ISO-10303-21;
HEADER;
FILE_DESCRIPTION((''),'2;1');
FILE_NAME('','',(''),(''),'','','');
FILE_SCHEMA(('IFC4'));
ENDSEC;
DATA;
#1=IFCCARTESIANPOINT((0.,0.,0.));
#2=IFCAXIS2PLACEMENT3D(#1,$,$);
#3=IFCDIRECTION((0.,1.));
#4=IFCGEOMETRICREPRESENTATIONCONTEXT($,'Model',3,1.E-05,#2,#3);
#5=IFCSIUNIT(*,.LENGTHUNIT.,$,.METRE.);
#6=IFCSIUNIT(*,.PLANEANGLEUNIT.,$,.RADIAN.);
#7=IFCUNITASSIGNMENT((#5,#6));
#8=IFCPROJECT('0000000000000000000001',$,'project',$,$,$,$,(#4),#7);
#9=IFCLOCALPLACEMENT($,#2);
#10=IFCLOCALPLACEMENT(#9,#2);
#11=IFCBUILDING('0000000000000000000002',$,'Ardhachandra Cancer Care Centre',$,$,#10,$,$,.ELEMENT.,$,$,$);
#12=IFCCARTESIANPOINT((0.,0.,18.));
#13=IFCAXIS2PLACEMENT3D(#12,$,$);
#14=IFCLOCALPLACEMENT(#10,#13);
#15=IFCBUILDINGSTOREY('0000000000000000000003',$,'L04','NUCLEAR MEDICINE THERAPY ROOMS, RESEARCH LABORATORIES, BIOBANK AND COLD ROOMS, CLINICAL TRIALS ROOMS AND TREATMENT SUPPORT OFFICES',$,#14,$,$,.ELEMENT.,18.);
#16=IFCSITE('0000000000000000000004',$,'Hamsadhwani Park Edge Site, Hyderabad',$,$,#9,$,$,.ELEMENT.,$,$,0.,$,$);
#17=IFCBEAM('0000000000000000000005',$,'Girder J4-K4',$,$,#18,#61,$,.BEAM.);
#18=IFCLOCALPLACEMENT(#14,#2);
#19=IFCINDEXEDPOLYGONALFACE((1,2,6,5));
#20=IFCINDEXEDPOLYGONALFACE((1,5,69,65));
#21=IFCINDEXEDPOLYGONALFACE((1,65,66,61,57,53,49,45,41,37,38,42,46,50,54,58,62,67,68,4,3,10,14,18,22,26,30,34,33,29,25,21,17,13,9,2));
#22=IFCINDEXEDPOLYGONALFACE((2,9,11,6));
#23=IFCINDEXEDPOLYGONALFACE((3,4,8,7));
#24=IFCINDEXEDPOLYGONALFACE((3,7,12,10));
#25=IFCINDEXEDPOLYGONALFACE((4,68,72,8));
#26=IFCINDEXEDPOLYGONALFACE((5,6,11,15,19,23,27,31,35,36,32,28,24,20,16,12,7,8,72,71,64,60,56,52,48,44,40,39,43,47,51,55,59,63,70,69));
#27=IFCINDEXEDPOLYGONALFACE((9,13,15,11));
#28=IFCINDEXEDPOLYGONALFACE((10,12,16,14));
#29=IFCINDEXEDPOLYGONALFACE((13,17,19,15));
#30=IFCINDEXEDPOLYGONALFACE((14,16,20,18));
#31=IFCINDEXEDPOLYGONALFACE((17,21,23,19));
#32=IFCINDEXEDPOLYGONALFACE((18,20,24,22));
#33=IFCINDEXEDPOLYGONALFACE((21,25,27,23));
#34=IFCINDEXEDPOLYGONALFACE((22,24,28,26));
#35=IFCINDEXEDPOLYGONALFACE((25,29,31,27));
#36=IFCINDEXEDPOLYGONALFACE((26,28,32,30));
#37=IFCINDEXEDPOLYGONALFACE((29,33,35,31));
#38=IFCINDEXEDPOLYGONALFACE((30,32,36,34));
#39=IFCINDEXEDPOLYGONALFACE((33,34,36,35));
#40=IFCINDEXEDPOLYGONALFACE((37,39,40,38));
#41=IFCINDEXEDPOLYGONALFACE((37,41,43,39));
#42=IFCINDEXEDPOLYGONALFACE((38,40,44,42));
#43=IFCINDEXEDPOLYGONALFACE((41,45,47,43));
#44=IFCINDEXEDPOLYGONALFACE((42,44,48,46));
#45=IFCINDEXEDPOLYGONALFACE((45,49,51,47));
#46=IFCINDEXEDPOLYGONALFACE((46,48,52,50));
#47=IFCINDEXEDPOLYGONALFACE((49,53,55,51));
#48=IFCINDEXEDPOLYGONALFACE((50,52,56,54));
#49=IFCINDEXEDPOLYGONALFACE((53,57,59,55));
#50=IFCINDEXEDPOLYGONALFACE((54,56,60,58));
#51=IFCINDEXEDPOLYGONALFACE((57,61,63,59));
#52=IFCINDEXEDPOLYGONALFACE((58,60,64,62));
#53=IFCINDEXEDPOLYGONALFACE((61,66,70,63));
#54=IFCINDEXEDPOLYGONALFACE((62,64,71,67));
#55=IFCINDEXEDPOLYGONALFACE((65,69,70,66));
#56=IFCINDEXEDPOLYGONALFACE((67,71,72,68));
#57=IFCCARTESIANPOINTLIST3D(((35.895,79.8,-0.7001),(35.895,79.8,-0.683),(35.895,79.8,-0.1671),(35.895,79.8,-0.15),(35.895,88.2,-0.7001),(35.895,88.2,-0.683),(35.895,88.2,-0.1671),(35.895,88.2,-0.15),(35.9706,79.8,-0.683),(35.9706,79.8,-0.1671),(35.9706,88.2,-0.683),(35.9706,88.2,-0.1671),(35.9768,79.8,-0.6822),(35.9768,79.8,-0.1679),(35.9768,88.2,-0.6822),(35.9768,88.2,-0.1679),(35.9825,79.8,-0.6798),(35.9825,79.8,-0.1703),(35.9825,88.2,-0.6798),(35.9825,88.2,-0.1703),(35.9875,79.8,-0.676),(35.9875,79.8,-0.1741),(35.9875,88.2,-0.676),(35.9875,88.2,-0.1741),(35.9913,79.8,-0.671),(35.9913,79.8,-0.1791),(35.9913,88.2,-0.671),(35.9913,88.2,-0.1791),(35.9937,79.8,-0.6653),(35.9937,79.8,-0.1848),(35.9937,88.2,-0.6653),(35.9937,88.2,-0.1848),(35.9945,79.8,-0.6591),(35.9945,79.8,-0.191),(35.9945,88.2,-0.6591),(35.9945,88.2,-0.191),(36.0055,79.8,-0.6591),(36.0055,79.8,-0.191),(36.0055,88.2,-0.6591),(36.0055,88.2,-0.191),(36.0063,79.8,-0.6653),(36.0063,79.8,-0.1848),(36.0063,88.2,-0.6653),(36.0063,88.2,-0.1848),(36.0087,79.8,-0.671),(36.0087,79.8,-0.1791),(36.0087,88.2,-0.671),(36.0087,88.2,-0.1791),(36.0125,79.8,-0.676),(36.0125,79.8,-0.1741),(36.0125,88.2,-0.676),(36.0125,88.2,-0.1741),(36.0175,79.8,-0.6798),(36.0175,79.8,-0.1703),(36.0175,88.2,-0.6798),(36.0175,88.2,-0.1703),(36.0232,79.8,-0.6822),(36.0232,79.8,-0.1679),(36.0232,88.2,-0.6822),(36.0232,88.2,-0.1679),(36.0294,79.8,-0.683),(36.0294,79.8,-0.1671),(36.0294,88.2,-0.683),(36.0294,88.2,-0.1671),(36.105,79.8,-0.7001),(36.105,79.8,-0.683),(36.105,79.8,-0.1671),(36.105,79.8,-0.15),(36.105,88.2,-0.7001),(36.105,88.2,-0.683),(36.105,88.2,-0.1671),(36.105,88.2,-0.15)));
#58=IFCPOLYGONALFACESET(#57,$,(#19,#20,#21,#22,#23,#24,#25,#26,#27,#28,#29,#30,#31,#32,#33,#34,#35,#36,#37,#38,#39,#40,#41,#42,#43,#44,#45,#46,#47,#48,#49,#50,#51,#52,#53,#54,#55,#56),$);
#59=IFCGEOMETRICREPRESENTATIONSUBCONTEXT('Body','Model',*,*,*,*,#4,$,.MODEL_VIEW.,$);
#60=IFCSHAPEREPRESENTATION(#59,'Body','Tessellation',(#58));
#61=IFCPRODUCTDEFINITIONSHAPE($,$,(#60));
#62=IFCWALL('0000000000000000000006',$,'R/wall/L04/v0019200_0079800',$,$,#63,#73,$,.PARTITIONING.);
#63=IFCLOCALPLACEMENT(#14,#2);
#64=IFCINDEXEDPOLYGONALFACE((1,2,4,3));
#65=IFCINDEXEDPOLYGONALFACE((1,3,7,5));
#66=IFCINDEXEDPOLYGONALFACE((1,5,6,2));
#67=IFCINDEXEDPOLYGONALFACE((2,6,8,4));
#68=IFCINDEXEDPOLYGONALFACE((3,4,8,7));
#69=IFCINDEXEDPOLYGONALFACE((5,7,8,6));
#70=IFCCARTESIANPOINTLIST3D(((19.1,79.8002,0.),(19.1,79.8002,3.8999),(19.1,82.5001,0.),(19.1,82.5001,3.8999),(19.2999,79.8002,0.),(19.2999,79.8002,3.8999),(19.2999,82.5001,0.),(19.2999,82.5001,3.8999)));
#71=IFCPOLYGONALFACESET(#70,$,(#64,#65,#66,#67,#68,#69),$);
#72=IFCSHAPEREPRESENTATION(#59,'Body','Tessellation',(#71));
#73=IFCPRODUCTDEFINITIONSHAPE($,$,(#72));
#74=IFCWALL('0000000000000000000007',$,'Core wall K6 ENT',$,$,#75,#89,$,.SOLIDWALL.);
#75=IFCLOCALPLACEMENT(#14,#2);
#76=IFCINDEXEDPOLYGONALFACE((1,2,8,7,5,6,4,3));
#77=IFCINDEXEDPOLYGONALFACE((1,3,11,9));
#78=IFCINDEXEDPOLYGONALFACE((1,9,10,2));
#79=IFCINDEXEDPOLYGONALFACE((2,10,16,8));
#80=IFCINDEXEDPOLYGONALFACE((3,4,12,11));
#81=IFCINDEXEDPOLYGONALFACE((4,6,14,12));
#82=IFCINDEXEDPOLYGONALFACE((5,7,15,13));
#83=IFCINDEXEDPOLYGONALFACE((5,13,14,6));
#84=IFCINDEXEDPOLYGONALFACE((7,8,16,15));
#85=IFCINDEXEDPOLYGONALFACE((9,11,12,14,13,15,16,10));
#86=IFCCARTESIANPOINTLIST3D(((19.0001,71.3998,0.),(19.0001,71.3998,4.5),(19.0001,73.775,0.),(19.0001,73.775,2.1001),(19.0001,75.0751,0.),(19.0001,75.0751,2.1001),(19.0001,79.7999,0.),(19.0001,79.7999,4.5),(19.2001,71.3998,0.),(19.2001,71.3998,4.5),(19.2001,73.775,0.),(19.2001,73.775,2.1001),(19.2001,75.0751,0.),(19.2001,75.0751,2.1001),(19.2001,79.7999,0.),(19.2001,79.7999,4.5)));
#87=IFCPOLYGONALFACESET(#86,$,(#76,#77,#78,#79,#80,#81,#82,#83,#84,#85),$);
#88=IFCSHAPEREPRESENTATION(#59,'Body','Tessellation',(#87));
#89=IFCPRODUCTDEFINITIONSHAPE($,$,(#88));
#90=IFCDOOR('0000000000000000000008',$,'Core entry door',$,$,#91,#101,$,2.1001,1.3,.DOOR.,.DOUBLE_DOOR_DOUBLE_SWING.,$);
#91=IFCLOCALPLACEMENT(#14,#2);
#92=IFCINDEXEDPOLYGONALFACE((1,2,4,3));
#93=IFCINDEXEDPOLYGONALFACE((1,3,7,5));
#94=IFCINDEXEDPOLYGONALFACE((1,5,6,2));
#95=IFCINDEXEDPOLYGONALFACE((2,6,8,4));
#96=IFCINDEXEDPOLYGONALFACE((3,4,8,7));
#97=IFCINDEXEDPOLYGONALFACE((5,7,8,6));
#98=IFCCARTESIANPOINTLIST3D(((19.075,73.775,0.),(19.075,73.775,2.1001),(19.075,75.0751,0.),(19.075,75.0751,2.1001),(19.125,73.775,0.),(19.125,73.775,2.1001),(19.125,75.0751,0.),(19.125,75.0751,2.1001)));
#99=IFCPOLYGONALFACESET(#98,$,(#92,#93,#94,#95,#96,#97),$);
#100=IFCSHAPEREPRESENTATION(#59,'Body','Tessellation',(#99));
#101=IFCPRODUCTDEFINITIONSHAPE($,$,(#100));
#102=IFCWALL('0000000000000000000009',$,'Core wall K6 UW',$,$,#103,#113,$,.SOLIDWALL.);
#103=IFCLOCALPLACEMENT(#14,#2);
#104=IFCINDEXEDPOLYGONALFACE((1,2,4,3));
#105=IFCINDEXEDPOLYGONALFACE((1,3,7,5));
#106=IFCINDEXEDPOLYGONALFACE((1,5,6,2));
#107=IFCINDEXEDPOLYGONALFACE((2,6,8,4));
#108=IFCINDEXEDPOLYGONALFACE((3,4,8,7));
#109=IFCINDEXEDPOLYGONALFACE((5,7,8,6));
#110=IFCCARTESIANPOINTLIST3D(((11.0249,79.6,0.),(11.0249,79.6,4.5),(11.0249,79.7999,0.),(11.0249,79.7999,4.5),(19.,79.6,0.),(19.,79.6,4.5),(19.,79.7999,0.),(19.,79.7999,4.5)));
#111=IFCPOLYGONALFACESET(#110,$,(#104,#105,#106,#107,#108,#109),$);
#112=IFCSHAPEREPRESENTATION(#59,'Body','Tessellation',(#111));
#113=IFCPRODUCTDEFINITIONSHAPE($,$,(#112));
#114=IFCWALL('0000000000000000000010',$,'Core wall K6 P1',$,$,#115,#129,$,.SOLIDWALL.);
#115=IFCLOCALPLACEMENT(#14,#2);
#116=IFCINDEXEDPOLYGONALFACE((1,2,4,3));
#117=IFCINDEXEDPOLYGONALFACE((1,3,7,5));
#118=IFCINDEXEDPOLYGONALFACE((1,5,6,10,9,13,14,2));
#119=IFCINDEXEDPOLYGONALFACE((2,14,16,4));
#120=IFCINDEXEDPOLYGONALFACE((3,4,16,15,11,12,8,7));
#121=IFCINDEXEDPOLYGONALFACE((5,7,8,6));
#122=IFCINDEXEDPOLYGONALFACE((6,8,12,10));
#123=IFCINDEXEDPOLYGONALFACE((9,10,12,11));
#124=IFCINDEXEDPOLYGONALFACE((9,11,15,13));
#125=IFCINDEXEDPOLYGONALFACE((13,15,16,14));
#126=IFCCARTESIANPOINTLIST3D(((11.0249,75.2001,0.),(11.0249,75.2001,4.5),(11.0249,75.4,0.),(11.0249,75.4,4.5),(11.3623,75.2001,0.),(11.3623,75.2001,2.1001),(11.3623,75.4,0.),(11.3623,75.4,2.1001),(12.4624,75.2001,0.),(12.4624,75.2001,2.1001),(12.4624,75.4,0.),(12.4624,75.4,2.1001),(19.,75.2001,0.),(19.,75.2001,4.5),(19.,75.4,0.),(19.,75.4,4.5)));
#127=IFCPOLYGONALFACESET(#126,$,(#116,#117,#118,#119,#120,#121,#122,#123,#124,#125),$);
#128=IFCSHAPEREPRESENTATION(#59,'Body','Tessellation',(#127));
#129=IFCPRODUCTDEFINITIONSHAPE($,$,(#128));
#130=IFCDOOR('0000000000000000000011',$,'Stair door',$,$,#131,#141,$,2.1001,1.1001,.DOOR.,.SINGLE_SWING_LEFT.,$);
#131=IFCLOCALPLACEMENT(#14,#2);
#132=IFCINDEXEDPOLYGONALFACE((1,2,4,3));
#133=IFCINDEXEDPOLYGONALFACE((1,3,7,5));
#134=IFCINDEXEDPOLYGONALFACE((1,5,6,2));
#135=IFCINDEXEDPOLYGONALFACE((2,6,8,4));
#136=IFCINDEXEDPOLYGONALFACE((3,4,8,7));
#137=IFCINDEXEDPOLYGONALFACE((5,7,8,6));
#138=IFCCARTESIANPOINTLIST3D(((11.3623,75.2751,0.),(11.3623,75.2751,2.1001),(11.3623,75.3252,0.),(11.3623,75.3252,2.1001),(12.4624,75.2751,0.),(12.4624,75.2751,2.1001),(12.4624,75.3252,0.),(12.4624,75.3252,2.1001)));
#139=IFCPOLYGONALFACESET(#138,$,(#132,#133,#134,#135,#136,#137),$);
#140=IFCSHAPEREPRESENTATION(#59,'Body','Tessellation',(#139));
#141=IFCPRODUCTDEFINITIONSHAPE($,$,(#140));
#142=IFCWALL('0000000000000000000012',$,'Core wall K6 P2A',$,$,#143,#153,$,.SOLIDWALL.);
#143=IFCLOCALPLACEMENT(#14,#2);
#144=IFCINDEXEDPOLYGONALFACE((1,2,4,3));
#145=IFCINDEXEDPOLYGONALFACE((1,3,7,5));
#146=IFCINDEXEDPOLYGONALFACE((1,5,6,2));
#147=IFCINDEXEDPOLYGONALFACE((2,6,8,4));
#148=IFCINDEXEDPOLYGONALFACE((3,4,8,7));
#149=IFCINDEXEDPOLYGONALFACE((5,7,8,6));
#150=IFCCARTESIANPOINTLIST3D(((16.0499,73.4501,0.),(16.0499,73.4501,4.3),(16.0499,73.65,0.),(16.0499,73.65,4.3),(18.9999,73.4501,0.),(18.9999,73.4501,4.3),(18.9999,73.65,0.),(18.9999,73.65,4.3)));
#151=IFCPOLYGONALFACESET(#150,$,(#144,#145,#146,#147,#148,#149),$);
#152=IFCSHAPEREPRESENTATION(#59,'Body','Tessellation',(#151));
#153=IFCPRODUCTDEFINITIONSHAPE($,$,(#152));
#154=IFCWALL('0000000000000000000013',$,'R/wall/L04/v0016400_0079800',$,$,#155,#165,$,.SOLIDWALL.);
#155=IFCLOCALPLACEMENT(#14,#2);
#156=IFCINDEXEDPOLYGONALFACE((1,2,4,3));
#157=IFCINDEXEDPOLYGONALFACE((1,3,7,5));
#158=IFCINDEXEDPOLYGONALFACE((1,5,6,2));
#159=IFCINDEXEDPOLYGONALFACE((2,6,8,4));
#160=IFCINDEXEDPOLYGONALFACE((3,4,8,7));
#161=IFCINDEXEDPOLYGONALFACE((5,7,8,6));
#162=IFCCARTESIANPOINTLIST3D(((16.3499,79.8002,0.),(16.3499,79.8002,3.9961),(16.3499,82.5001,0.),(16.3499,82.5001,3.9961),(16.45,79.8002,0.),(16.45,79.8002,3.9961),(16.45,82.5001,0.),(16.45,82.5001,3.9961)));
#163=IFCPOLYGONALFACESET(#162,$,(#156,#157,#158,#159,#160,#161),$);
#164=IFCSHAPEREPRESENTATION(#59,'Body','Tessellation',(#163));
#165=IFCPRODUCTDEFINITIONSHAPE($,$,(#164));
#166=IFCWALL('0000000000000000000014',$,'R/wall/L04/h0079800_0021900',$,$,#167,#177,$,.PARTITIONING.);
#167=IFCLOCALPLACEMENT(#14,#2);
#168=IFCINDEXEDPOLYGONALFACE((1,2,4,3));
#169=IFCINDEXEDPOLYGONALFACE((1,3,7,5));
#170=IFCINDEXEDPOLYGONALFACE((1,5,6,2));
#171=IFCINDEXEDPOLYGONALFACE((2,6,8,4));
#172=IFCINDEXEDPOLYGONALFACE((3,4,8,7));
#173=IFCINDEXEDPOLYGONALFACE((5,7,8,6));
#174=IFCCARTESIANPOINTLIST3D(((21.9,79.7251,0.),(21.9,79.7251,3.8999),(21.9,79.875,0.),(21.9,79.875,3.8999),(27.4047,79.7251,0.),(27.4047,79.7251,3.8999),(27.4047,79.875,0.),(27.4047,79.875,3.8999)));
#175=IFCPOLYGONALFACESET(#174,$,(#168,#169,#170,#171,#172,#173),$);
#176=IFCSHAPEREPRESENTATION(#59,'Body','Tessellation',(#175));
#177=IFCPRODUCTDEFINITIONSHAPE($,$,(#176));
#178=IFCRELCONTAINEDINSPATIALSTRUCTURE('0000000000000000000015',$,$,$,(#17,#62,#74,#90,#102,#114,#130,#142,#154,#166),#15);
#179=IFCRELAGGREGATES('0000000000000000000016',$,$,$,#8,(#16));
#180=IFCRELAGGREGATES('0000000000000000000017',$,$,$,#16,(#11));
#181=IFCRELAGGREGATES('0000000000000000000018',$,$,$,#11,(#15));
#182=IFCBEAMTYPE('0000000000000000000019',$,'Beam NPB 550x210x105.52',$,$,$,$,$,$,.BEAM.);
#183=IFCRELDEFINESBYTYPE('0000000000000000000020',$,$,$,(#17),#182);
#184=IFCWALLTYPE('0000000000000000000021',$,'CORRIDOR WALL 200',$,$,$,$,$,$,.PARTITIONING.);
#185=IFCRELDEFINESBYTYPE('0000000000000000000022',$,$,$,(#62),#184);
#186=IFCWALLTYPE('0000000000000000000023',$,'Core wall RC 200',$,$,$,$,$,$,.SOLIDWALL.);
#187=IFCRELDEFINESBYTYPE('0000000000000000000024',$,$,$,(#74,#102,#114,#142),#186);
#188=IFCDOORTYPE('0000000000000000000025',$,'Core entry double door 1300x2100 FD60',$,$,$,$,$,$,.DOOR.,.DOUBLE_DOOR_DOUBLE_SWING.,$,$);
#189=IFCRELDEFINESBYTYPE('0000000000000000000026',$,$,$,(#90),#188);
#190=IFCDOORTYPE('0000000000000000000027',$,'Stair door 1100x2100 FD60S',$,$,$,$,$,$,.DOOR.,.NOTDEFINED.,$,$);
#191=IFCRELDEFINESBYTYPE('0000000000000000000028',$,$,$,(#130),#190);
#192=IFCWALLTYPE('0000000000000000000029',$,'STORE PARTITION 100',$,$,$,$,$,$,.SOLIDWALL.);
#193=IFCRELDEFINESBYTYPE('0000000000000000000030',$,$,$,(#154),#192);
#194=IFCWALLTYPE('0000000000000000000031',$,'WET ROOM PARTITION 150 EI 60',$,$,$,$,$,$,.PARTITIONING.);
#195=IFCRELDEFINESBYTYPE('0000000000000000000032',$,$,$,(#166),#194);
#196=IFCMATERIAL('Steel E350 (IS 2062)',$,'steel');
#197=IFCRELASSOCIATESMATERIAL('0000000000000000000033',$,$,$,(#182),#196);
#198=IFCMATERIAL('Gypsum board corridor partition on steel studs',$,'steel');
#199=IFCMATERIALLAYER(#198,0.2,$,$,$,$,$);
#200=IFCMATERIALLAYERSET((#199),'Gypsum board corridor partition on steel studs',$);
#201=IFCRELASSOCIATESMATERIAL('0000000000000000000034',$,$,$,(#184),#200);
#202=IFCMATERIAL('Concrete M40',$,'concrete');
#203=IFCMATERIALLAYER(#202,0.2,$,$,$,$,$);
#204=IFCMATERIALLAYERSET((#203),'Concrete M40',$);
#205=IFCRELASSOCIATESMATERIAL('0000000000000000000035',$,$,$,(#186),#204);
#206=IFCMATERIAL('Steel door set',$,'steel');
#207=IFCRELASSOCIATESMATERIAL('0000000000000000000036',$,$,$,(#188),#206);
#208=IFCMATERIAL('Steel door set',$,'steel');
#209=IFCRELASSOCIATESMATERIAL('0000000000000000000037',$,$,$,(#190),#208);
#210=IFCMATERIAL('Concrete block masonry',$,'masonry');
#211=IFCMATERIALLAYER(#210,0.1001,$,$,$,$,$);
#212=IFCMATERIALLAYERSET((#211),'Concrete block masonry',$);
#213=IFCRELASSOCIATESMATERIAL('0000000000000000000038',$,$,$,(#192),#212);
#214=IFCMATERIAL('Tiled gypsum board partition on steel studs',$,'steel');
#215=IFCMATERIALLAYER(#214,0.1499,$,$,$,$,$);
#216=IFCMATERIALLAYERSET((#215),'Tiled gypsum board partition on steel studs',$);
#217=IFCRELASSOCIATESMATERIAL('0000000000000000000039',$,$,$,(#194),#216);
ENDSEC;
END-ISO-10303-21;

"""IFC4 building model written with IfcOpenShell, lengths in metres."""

from ifc_helpers import new_model, si_unit, direction, frame, frame_2d, origin, origin_2d, place, context, subcontext, project, spatial, rectangle, i_section, extrude, material, layer, layer_set, material_profile, profile_set, type_object, element, fill, save


model = new_model("IFC4")

# Units and contexts
model_context = context("Model", 3, precision=1e-05, world=origin(), true_north=direction((0.0, 1.0)))
body_context = subcontext(model_context, "Body", "Model", "MODEL_VIEW")
ifc_project = project(units=[si_unit("LENGTHUNIT", "METRE"), si_unit("PLANEANGLEUNIT", "RADIAN")], contexts=[model_context])

# Site, building, storey
site_placement = place(None, origin())
site = spatial("IfcSite", under=ifc_project, at=site_placement, Name="Hamsadhwani Park Edge Site, Hyderabad", CompositionType="ELEMENT", RefElevation=0.0)
building_placement = place(site_placement, origin())
building = spatial("IfcBuilding", under=site, at=building_placement, Name="Ardhachandra Cancer Care Centre", CompositionType="ELEMENT")
storey_placement = place(building_placement, frame((0.0, 0.0, 18.0)))
storey = spatial("IfcBuildingStorey", under=building, at=storey_placement, Name="L04", Description="NUCLEAR MEDICINE THERAPY ROOMS, RESEARCH LABORATORIES, BIOBANK AND COLD ROOMS, CLINICAL TRIALS ROOMS AND TREATMENT SUPPORT OFFICES", CompositionType="ELEMENT", Elevation=18.0)

# Beam
ifc_material_1 = material(Name="Steel E350 (IS 2062)", Category="steel")
ifc_material_profile_1 = material_profile(ifc_material_1, i_section(OverallWidth=0.21, OverallDepth=0.55, WebThickness=0.011, FlangeThickness=0.0171, FilletRadius=0.0239, at=origin_2d()), Name="NPB 550x210x105.52")
ifc_profile_set_1 = profile_set([ifc_material_profile_1], Name="Steel E350 (IS 2062)")
beam_type_1 = type_object("IfcBeamType", Name="Beam NPB 550x210x105.52", PredefinedType="BEAM", material=ifc_profile_set_1)
for number, where, z_axis, x_axis, name in (
    (1, (36.0, 79.8, -0.425), (0.0, 1.0, 0.0), (-1.0, 0.0, 0.0), "Girder J4-K4"),
):
    element("IfcBeam", number, at=place(storey_placement, frame(where, z_axis=z_axis, x_axis=x_axis)), inside=storey, type_object=beam_type_1, Name=name, PredefinedType="BEAM", context=body_context, shape_type="SweptSolid", body=[
        extrude(i_section(OverallWidth=0.21, OverallDepth=0.55, WebThickness=0.011, FlangeThickness=0.0171, FilletRadius=0.0239, at=origin_2d()), origin(), (0.0, 0.0, 1.0), 8.3999),
    ])

# Wall
ifc_material_2 = material(Name="Gypsum board corridor partition on steel studs", Category="steel")
ifc_layer_1 = layer(ifc_material_2, 0.2)
ifc_layer_set_1 = layer_set([ifc_layer_1], Name="Gypsum board corridor partition on steel studs")
wall_type_1 = type_object("IfcWallType", Name="CORRIDOR WALL 200", PredefinedType="PARTITIONING", material=ifc_layer_set_1)
wall_1_placement = place(storey_placement, frame((19.2, 79.8, 0.0), z_axis=(0.0, 0.0, 1.0), x_axis=(0.0, 1.0, 0.0)))
element("IfcWall", 2, at=wall_1_placement, inside=storey, type_object=wall_type_1, Name="R/wall/L04/v0019200_0079800", PredefinedType="PARTITIONING", context=body_context, shape_type="SweptSolid", body=[
    extrude(rectangle(XDim=2.7, YDim=0.2, at=frame_2d((1.3501, 0.0))), origin(), (0.0, 0.0, 1.0), 3.8999),
])

# Wall, opening, door
ifc_material_3 = material(Name="Concrete M40", Category="concrete")
ifc_layer_2 = layer(ifc_material_3, 0.2)
ifc_layer_set_2 = layer_set([ifc_layer_2], Name="Concrete M40")
wall_type_2 = type_object("IfcWallType", Name="Core wall RC 200", PredefinedType="SOLIDWALL", material=ifc_layer_set_2)
wall_2_placement = place(storey_placement, frame((19.1001, 79.8, 0.0), z_axis=(0.0, 0.0, 1.0), x_axis=(0.0, -1.0, 0.0)))
wall_2 = element("IfcWall", 3, at=wall_2_placement, inside=storey, type_object=wall_type_2, Name="Core wall K6 ENT", PredefinedType="SOLIDWALL", context=body_context, shape_type="SweptSolid", body=[
    extrude(rectangle(XDim=8.4001, YDim=0.2, at=frame_2d((4.2002, 0.0))), origin(), (0.0, 0.0, 1.0), 4.5),
])
opening_1_placement = place(wall_2_placement, frame((4.7251, 0.0, 0.0)))
opening_1 = element("IfcOpeningElement", 4, at=opening_1_placement, cuts=wall_2, PredefinedType="OPENING", context=body_context, shape_type="SweptSolid", body=[
    extrude(rectangle(XDim=1.3, YDim=2.1001, at=frame_2d((0.6499, 1.05))), frame((0.0, 0.1099, 0.0), z_axis=(0.0, -1.0, 0.0), x_axis=(1.0, 0.0, 0.0)), (0.0, 0.0, 1.0), 0.22),
])
ifc_material_4 = material(Name="Steel door set", Category="steel")
door_type_1 = type_object("IfcDoorType", Name="Core entry double door 1300x2100 FD60", OperationType="DOUBLE_DOOR_DOUBLE_SWING", PredefinedType="DOOR", material=ifc_material_4)
door_1_placement = place(opening_1_placement, origin())
door_1 = element("IfcDoor", 5, at=door_1_placement, inside=storey, type_object=door_type_1, Name="Core entry door", OperationType="DOUBLE_DOOR_DOUBLE_SWING", OverallHeight=2.1001, OverallWidth=1.3, PredefinedType="DOOR", context=body_context, shape_type="SweptSolid", body=[
    extrude(rectangle(XDim=1.3, YDim=2.1001, at=frame_2d((0.6499, 1.05))), frame((0.0, 0.0249, 0.0), z_axis=(0.0, -1.0, 0.0), x_axis=(1.0, 0.0, 0.0)), (0.0, 0.0, 1.0), 0.05),
])
fill(opening_1, door_1)

# Wall
wall_3_placement = place(storey_placement, frame((19.0, 79.7, 0.0), z_axis=(0.0, 0.0, 1.0), x_axis=(-1.0, 0.0, 0.0)))
element("IfcWall", 6, at=wall_3_placement, inside=storey, type_object=wall_type_2, Name="Core wall K6 UW", PredefinedType="SOLIDWALL", context=body_context, shape_type="SweptSolid", body=[
    extrude(rectangle(XDim=7.9751, YDim=0.2, at=frame_2d((3.9875, 0.0))), origin(), (0.0, 0.0, 1.0), 4.5),
])

# Wall, opening, door
wall_4_placement = place(storey_placement, frame((19.0, 75.3, 0.0), z_axis=(0.0, 0.0, 1.0), x_axis=(-1.0, 0.0, 0.0)))
wall_4 = element("IfcWall", 7, at=wall_4_placement, inside=storey, type_object=wall_type_2, Name="Core wall K6 P1", PredefinedType="SOLIDWALL", context=body_context, shape_type="SweptSolid", body=[
    extrude(rectangle(XDim=7.9751, YDim=0.2, at=frame_2d((3.9875, 0.0))), origin(), (0.0, 0.0, 1.0), 4.5),
])
opening_2_placement = place(wall_4_placement, frame((6.5376, 0.0, 0.0)))
opening_2 = element("IfcOpeningElement", 8, at=opening_2_placement, cuts=wall_4, PredefinedType="OPENING", context=body_context, shape_type="SweptSolid", body=[
    extrude(rectangle(XDim=1.1001, YDim=2.1001, at=frame_2d((0.55, 1.05))), frame((0.0, 0.1099, 0.0), z_axis=(0.0, -1.0, 0.0), x_axis=(1.0, 0.0, 0.0)), (0.0, 0.0, 1.0), 0.22),
])
ifc_material_5 = material(Name="Steel door set", Category="steel")
door_type_2 = type_object("IfcDoorType", Name="Stair door 1100x2100 FD60S", OperationType="NOTDEFINED", PredefinedType="DOOR", material=ifc_material_5)
door_2_placement = place(opening_2_placement, origin())
door_2 = element("IfcDoor", 9, at=door_2_placement, inside=storey, type_object=door_type_2, Name="Stair door", OperationType="SINGLE_SWING_LEFT", OverallHeight=2.1001, OverallWidth=1.1001, PredefinedType="DOOR", context=body_context, shape_type="SweptSolid", body=[
    extrude(rectangle(XDim=1.1001, YDim=2.1001, at=frame_2d((0.55, 1.05))), frame((0.0, 0.0249, 0.0), z_axis=(0.0, -1.0, 0.0), x_axis=(1.0, 0.0, 0.0)), (0.0, 0.0, 1.0), 0.05),
])
fill(opening_2, door_2)

# Walls
wall_5_placement = place(storey_placement, frame((19.0, 73.55, 0.0), z_axis=(0.0, 0.0, 1.0), x_axis=(-1.0, 0.0, 0.0)))
element("IfcWall", 10, at=wall_5_placement, inside=storey, type_object=wall_type_2, Name="Core wall K6 P2A", PredefinedType="SOLIDWALL", context=body_context, shape_type="SweptSolid", body=[
    extrude(rectangle(XDim=2.95, YDim=0.2, at=frame_2d((1.4751, 0.0))), origin(), (0.0, 0.0, 1.0), 4.3),
])
ifc_material_6 = material(Name="Concrete block masonry", Category="masonry")
ifc_layer_3 = layer(ifc_material_6, 0.1001)
ifc_layer_set_3 = layer_set([ifc_layer_3], Name="Concrete block masonry")
wall_type_3 = type_object("IfcWallType", Name="STORE PARTITION 100", PredefinedType="SOLIDWALL", material=ifc_layer_set_3)
wall_6_placement = place(storey_placement, frame((16.3999, 79.8, 0.0), z_axis=(0.0, 0.0, 1.0), x_axis=(0.0, 1.0, 0.0)))
element("IfcWall", 11, at=wall_6_placement, inside=storey, type_object=wall_type_3, Name="R/wall/L04/v0016400_0079800", PredefinedType="SOLIDWALL", context=body_context, shape_type="SweptSolid", body=[
    extrude(rectangle(XDim=2.7, YDim=0.1001, at=frame_2d((1.3501, 0.0))), origin(), (0.0, 0.0, 1.0), 3.9961),
])
ifc_material_7 = material(Name="Tiled gypsum board partition on steel studs", Category="steel")
ifc_layer_4 = layer(ifc_material_7, 0.1499)
ifc_layer_set_4 = layer_set([ifc_layer_4], Name="Tiled gypsum board partition on steel studs")
wall_type_4 = type_object("IfcWallType", Name="WET ROOM PARTITION 150 EI 60", PredefinedType="PARTITIONING", material=ifc_layer_set_4)
wall_7_placement = place(storey_placement, frame((21.8999, 79.8, 0.0), z_axis=(0.0, 0.0, 1.0), x_axis=(1.0, 0.0, 0.0)))
element("IfcWall", 12, at=wall_7_placement, inside=storey, type_object=wall_type_4, Name="R/wall/L04/h0079800_0021900", PredefinedType="PARTITIONING", context=body_context, shape_type="SweptSolid", body=[
    extrude(rectangle(XDim=5.5046, YDim=0.1499, at=frame_2d((2.7524, 0.0))), origin(), (0.0, 0.0, 1.0), 3.8999),
])

save(model, "model.ifc")
